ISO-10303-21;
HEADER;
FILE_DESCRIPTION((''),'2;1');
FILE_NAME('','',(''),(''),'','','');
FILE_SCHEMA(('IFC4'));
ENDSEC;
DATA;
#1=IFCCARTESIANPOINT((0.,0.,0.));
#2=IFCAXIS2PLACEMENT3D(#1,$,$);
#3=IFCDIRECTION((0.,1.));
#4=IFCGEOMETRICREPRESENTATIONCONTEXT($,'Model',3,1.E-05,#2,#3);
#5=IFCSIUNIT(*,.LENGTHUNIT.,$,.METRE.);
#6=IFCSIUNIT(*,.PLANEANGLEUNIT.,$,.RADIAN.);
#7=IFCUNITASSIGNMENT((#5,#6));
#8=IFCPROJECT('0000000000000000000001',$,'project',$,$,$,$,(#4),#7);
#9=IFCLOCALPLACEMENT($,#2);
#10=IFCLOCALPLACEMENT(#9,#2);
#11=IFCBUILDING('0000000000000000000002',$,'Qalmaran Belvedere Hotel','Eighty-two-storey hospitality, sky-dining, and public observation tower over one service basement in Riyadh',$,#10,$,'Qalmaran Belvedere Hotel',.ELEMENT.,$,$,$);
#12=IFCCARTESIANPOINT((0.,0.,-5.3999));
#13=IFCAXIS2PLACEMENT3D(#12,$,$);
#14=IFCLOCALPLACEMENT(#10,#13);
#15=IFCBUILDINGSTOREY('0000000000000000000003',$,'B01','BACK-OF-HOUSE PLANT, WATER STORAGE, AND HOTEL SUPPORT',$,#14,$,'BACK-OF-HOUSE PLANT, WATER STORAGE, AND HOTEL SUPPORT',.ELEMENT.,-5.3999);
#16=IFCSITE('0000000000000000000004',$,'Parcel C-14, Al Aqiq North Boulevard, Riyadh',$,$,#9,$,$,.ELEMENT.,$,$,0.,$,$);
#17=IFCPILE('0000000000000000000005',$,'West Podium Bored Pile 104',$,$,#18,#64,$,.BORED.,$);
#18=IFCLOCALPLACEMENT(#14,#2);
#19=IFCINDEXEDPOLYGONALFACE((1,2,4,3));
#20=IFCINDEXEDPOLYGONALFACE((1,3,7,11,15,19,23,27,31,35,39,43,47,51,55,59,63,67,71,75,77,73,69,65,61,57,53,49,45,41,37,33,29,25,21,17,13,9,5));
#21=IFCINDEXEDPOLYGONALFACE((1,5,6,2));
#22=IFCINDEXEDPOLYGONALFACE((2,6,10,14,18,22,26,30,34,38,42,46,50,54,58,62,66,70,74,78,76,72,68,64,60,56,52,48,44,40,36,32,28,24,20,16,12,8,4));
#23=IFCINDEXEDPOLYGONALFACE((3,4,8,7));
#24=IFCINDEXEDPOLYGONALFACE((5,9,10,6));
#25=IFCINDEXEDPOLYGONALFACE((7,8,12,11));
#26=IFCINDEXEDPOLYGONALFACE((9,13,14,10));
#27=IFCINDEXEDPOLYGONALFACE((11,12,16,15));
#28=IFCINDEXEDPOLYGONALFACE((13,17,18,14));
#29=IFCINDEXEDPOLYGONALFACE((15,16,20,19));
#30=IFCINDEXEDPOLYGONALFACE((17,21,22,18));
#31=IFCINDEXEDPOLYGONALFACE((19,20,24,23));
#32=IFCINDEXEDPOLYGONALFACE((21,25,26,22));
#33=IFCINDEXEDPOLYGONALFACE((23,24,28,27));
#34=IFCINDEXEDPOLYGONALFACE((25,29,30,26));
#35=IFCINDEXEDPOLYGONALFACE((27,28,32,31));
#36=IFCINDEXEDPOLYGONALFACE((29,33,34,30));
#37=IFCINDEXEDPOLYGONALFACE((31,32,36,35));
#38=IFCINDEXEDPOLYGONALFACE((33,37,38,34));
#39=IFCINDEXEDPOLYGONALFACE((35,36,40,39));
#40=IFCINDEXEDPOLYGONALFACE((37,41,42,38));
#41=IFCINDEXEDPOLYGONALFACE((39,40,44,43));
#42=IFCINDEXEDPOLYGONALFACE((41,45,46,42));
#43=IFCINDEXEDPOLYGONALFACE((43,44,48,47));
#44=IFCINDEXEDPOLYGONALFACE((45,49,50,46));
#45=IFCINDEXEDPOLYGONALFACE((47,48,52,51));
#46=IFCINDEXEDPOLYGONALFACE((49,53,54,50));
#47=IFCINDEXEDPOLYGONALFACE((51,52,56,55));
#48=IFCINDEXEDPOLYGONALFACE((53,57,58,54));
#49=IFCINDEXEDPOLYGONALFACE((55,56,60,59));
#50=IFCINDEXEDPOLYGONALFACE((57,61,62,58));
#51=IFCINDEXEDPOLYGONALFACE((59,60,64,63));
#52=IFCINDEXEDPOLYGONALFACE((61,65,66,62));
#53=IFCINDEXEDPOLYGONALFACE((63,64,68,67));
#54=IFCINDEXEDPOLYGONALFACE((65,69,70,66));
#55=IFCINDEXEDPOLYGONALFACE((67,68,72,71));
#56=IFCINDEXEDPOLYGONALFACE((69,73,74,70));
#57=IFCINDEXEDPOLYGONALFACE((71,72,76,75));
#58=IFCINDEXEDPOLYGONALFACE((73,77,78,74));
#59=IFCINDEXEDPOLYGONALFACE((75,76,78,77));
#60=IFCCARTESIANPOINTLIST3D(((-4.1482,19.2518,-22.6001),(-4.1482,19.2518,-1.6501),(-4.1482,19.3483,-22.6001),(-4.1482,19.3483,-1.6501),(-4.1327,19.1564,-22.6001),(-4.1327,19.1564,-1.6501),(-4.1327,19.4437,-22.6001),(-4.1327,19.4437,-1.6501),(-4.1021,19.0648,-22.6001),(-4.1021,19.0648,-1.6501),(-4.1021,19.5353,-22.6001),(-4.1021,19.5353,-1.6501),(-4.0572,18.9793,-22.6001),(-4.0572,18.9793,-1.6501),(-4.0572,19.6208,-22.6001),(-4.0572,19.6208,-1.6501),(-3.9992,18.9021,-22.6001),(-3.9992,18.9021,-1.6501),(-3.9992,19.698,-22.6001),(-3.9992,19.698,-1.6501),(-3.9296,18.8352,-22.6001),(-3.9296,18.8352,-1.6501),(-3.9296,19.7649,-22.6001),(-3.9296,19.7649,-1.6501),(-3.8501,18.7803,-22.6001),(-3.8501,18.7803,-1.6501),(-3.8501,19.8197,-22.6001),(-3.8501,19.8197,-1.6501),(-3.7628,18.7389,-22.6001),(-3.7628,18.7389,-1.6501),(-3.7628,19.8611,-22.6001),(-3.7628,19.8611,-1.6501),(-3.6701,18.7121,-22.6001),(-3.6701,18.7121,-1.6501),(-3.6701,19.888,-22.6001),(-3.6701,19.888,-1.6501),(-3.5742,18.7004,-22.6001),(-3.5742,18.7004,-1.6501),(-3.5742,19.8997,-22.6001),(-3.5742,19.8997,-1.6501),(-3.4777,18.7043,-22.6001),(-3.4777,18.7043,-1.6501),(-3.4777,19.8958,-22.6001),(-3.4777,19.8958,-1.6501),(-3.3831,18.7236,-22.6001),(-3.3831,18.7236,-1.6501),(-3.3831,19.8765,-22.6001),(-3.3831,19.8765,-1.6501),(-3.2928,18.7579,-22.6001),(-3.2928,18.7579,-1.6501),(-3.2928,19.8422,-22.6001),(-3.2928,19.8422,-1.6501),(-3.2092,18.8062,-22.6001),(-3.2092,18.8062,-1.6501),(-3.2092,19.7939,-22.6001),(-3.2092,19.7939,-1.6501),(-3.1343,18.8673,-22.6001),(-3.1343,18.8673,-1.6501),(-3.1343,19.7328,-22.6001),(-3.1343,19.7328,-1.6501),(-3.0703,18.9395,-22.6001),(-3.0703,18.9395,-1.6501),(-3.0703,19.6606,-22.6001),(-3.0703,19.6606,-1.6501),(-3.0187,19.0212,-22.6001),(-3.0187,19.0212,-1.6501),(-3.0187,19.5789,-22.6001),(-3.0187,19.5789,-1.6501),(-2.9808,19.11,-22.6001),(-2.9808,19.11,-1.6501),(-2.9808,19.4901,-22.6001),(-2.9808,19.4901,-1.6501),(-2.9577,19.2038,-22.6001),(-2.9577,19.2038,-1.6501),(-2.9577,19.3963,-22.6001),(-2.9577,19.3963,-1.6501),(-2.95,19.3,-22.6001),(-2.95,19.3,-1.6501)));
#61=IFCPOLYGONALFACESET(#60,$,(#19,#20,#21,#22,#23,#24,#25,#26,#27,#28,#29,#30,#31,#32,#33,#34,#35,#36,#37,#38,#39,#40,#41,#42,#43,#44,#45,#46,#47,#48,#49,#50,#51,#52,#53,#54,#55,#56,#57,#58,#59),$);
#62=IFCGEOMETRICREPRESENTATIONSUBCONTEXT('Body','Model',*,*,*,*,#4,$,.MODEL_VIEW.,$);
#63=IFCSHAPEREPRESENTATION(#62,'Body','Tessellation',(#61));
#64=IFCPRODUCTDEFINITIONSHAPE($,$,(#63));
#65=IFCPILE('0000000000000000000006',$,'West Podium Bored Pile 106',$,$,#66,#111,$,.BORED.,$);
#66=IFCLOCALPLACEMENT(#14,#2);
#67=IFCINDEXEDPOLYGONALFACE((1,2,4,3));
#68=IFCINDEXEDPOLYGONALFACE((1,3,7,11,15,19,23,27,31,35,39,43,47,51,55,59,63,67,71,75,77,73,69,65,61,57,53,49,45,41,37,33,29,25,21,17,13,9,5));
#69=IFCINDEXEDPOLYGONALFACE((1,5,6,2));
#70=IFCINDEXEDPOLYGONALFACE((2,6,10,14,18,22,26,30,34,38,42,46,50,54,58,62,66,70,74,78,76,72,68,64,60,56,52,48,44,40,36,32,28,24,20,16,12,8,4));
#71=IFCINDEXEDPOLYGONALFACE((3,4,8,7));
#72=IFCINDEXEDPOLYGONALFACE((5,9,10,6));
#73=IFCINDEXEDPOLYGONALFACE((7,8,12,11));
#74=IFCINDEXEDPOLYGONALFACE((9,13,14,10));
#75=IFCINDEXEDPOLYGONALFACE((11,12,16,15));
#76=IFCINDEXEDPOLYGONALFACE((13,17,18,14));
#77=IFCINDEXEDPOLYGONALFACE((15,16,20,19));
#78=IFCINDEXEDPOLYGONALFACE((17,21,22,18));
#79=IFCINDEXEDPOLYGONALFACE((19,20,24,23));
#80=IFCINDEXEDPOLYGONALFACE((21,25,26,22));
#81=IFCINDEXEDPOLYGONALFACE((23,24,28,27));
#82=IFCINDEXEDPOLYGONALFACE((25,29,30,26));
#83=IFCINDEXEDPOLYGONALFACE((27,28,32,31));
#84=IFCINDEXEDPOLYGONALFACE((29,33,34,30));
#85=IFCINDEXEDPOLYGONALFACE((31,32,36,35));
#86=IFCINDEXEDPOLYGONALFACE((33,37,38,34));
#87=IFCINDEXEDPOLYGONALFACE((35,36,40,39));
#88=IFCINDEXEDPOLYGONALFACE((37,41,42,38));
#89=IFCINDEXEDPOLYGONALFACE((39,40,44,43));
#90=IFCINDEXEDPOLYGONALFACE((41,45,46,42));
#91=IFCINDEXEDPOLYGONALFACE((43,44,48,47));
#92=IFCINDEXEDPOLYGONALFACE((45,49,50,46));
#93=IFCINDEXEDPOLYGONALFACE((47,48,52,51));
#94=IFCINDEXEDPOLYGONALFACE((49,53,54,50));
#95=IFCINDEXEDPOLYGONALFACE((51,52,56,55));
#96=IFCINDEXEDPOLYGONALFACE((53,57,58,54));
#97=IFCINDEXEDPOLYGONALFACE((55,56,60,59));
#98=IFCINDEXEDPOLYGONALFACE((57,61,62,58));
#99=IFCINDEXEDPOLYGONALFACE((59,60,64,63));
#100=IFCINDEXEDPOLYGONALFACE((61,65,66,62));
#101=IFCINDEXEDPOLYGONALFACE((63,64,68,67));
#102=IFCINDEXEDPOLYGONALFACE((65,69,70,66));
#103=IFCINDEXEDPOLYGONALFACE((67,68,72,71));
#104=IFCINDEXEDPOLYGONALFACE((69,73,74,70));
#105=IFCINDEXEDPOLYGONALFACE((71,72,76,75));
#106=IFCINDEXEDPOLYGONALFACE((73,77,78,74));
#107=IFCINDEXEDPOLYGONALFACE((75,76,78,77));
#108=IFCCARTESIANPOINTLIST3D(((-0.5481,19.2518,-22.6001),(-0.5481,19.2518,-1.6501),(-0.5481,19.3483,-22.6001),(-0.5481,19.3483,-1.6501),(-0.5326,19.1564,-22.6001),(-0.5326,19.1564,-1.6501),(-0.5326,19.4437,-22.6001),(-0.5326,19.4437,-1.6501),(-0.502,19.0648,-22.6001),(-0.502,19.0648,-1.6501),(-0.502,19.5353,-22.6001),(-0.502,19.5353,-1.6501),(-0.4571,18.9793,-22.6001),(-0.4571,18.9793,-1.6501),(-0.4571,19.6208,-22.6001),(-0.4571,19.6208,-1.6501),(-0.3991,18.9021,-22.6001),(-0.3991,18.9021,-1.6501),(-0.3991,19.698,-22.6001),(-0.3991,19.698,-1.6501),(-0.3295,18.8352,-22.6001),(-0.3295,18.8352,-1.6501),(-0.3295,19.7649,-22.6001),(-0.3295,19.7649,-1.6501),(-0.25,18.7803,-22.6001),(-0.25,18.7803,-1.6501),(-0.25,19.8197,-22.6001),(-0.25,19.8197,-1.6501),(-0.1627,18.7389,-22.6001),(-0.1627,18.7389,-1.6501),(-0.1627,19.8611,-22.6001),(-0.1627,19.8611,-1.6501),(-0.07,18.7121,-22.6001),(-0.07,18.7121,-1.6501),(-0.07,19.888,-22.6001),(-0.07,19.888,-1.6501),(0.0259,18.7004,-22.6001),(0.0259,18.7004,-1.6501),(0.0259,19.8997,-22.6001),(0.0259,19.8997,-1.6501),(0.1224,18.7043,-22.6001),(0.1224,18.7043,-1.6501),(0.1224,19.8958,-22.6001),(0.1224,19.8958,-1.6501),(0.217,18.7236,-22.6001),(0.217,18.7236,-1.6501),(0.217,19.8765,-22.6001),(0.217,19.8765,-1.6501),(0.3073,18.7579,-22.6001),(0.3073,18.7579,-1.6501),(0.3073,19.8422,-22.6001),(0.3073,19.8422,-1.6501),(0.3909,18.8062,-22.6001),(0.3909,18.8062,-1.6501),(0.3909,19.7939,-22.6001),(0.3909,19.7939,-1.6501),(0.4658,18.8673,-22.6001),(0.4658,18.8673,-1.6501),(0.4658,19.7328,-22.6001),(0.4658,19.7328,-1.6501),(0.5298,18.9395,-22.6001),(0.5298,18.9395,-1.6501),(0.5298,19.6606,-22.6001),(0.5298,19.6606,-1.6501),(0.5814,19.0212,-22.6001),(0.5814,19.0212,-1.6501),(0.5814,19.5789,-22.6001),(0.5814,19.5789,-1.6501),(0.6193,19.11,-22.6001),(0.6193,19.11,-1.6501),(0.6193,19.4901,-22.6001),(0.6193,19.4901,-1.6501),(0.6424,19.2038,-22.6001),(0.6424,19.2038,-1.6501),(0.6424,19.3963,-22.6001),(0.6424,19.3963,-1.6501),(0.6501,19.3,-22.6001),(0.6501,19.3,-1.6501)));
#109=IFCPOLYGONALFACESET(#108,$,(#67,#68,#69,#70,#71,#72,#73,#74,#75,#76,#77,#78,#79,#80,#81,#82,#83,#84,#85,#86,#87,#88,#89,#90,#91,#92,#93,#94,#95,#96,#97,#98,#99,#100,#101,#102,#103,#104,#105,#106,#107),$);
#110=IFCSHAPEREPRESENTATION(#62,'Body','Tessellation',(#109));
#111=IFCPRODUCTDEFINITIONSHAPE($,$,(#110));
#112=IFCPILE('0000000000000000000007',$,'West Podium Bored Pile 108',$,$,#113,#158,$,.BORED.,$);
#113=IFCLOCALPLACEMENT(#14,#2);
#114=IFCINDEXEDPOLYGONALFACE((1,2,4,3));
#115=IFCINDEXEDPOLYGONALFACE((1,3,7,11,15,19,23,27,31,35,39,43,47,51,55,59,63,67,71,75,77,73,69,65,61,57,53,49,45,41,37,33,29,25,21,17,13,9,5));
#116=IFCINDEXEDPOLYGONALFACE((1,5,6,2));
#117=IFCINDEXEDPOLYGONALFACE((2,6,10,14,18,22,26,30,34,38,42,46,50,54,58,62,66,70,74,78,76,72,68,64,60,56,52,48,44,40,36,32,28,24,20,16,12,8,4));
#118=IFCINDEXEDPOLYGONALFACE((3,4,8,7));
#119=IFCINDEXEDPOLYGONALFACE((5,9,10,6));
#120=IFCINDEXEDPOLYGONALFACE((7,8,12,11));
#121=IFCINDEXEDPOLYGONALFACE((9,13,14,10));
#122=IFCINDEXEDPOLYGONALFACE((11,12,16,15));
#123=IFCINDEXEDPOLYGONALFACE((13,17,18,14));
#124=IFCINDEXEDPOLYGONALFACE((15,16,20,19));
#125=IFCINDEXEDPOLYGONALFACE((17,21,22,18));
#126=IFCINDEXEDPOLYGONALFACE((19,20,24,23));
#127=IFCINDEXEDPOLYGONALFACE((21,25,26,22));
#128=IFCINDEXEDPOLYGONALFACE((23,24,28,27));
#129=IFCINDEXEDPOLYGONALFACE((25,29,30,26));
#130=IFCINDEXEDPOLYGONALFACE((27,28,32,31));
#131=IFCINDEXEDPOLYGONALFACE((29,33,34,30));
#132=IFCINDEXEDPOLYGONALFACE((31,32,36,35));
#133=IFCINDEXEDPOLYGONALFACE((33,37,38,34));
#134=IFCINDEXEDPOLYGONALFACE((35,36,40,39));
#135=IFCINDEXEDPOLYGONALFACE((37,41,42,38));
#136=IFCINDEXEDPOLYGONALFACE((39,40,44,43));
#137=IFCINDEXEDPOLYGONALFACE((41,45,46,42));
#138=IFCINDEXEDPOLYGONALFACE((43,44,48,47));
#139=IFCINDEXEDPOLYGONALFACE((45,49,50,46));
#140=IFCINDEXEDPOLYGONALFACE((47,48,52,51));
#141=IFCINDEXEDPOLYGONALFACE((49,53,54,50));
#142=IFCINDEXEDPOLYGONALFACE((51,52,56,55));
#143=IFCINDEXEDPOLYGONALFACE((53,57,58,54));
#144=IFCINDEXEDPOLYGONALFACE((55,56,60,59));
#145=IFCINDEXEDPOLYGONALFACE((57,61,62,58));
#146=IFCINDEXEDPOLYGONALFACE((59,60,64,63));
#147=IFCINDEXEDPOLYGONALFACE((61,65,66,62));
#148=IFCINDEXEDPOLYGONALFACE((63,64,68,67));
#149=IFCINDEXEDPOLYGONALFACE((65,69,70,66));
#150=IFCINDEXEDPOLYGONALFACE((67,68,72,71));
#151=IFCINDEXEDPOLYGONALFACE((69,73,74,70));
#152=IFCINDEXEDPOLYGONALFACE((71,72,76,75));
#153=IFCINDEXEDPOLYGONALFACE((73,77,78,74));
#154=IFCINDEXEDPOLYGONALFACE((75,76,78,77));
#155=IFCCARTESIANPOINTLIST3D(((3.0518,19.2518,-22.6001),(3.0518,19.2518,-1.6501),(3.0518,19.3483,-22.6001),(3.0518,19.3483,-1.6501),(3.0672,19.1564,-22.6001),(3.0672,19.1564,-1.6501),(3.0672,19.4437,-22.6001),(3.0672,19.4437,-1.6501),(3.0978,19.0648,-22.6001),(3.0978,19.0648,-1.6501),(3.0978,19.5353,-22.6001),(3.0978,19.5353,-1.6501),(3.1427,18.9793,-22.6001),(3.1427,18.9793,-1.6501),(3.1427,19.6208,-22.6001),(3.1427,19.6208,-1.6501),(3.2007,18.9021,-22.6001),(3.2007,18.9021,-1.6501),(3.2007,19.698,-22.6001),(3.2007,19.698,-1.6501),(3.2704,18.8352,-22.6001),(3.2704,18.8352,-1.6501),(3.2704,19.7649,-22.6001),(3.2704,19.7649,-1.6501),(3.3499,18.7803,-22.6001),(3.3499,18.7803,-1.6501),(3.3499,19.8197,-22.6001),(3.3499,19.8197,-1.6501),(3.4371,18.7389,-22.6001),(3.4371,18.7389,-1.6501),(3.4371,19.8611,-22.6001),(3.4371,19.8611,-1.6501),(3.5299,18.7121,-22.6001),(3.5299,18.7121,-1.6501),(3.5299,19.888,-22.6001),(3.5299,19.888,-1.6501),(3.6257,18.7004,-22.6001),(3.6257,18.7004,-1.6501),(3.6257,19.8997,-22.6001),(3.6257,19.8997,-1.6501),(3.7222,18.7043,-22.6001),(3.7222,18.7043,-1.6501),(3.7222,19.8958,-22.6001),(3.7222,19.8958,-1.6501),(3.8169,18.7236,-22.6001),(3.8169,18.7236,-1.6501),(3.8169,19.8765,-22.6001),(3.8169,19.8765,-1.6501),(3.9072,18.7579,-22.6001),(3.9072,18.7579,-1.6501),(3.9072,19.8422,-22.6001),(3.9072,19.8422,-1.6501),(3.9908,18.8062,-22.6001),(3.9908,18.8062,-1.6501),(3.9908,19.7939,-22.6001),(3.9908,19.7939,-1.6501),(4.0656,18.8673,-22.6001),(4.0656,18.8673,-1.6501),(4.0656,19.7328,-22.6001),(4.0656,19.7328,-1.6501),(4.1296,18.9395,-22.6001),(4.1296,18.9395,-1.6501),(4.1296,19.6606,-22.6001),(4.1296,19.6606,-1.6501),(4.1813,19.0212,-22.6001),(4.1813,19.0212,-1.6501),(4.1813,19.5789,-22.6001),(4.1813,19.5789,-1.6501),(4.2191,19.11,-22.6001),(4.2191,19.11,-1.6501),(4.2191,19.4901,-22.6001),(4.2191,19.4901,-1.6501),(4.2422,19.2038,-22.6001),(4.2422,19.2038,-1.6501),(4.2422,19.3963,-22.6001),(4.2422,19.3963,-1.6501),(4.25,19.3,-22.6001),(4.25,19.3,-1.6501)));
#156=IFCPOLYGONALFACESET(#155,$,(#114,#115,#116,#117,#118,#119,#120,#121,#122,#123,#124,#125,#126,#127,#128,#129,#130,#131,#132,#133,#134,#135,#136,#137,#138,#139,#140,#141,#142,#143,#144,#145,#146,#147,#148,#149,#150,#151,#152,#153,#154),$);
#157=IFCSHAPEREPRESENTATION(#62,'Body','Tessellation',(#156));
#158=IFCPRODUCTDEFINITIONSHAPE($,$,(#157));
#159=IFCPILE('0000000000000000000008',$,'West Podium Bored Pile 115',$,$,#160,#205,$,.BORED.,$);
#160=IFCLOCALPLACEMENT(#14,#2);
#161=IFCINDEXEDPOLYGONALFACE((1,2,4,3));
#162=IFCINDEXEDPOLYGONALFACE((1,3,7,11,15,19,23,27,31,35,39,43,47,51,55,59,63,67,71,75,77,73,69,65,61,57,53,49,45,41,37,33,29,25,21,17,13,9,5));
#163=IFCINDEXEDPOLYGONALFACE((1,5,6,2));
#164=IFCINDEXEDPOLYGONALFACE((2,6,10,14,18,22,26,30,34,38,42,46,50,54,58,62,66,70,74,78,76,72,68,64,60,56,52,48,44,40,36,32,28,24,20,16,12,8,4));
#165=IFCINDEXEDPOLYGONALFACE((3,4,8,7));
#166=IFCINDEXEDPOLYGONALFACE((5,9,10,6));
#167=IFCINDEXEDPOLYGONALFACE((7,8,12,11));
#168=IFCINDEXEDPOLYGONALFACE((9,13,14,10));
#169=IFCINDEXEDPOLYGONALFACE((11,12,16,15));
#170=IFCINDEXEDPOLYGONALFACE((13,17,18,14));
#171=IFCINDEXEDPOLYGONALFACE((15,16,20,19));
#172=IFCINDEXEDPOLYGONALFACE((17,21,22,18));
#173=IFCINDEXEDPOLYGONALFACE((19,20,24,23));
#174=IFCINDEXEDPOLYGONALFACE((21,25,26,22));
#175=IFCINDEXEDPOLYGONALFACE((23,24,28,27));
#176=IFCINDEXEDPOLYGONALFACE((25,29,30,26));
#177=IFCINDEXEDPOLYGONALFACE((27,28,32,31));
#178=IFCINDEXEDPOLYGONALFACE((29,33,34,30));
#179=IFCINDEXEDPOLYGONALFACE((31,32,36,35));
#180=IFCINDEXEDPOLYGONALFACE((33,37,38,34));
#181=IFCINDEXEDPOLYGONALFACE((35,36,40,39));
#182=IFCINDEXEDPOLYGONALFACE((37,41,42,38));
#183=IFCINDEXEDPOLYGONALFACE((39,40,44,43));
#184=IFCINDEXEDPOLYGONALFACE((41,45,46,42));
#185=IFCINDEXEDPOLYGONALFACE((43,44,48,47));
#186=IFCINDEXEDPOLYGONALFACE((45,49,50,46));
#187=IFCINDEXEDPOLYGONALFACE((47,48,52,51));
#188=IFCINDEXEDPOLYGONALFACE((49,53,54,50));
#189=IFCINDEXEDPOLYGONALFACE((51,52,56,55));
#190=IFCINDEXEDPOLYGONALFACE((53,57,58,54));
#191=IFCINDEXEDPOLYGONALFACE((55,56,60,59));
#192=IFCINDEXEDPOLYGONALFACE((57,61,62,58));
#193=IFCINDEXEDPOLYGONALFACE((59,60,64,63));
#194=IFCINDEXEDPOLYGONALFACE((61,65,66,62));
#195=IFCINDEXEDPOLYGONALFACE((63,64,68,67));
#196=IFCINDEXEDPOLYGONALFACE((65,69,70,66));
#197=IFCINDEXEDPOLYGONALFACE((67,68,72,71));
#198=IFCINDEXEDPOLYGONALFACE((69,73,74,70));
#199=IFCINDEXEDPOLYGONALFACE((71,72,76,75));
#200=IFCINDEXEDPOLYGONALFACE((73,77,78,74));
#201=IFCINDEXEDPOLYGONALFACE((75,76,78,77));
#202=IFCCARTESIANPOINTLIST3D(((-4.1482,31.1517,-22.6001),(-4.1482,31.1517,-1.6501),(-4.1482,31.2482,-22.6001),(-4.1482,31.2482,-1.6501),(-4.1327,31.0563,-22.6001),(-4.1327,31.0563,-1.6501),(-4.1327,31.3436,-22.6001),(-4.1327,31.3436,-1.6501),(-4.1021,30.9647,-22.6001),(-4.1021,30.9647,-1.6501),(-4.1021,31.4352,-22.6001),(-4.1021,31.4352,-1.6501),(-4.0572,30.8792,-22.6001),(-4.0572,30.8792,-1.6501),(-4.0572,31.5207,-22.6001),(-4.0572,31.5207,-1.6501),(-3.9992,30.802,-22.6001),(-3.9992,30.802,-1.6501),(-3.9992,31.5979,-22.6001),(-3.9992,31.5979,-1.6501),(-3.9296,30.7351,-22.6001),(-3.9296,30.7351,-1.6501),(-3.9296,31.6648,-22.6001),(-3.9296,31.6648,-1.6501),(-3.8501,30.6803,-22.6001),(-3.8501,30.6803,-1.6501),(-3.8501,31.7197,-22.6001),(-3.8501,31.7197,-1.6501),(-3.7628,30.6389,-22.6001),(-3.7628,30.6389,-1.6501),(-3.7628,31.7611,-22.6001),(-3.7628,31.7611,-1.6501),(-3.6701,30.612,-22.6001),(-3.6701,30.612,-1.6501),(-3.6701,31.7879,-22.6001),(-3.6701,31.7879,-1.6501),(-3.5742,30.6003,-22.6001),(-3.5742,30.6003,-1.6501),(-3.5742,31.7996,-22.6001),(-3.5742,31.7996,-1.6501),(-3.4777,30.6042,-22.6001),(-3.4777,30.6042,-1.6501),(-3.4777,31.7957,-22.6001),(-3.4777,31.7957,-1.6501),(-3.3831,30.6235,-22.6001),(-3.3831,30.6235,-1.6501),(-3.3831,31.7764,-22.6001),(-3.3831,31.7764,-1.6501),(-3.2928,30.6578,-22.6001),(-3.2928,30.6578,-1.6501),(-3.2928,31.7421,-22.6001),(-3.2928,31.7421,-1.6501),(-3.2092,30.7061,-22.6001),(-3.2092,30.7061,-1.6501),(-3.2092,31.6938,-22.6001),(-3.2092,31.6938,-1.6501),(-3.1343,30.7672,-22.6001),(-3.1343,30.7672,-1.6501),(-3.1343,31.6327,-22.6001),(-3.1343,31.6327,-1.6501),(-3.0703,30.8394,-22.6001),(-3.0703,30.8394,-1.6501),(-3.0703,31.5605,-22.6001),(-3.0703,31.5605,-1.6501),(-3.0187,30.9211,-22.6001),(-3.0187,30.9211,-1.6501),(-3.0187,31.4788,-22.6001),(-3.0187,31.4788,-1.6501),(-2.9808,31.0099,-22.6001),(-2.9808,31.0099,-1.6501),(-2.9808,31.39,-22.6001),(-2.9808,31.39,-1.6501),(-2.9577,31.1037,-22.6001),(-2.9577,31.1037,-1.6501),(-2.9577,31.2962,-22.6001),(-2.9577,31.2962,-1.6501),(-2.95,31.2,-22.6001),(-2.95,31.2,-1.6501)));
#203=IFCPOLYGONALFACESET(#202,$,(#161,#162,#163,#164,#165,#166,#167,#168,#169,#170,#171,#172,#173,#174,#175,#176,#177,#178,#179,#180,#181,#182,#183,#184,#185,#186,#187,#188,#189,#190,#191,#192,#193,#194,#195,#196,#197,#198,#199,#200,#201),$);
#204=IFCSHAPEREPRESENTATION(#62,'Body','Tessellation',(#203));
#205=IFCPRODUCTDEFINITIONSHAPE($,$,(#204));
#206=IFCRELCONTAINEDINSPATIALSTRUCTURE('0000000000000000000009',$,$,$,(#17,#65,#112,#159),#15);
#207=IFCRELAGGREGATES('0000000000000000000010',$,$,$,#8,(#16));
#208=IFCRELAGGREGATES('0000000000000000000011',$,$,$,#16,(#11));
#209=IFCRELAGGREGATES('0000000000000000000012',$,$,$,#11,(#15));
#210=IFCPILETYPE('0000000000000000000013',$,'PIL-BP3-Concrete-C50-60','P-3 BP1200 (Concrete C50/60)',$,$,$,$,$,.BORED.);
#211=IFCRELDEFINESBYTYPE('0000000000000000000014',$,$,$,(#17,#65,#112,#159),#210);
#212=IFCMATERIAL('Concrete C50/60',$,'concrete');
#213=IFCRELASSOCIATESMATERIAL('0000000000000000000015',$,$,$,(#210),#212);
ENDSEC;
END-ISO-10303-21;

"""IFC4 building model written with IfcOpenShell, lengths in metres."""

from ifc_helpers import new_model, si_unit, direction, frame, origin, origin_2d, place, context, subcontext, project, spatial, circle, extrude, material, material_profile, profile_set, type_object, element, save


model = new_model("IFC4")

# Units and contexts
model_context = context("Model", 3, precision=1e-05, world=origin(), true_north=direction((0.0, 1.0)))
body_context = subcontext(model_context, "Body", "Model", "MODEL_VIEW")
ifc_project = project(units=[si_unit("LENGTHUNIT", "METRE"), si_unit("PLANEANGLEUNIT", "RADIAN")], contexts=[model_context])

# Site, building, storey
site_placement = place(None, origin())
site = spatial("IfcSite", under=ifc_project, at=site_placement, Name="Parcel C-14, Al Aqiq North Boulevard, Riyadh", CompositionType="ELEMENT", RefElevation=0.0)
building_placement = place(site_placement, origin())
building = spatial("IfcBuilding", under=site, at=building_placement, Name="Qalmaran Belvedere Hotel", Description="Eighty-two-storey hospitality, sky-dining, and public observation tower over one service basement in Riyadh", LongName="Qalmaran Belvedere Hotel", CompositionType="ELEMENT")
storey_placement = place(building_placement, frame((0.0, 0.0, -5.3999)))
storey = spatial("IfcBuildingStorey", under=building, at=storey_placement, Name="B01", Description="BACK-OF-HOUSE PLANT, WATER STORAGE, AND HOTEL SUPPORT", LongName="BACK-OF-HOUSE PLANT, WATER STORAGE, AND HOTEL SUPPORT", CompositionType="ELEMENT", Elevation=-5.3999)

# Shared definitions
ifc_material_1 = material(Name="Concrete C50/60", Category="concrete")

# Piles
ifc_material_profile_1 = material_profile(ifc_material_1, circle(Radius=0.6001, at=origin_2d()), Name="BP1200")
ifc_profile_set_1 = profile_set([ifc_material_profile_1], Name="Concrete C50/60")
pile_type_1 = type_object("IfcPileType", Name="PIL-BP3-Concrete-C50-60", Description="P-3 BP1200 (Concrete C50/60)", PredefinedType="BORED", material=ifc_profile_set_1)
for number, where, z_axis, x_axis, name in (
    (1, (-3.55, 19.3, -1.6501), (0.0, 0.0, -1.0), (1.0, 0.0, 0.0), "West Podium Bored Pile 104"),
    (2, (0.05, 19.3, -1.6501), (0.0, 0.0, -1.0), (1.0, 0.0, 0.0), "West Podium Bored Pile 106"),
    (3, (3.6499, 19.3, -1.6501), (0.0, 0.0, -1.0), (1.0, 0.0, 0.0), "West Podium Bored Pile 108"),
    (4, (-3.55, 31.2, -1.6501), (0.0, 0.0, -1.0), (1.0, 0.0, 0.0), "West Podium Bored Pile 115"),
):
    element("IfcPile", number, at=place(storey_placement, frame(where, z_axis=z_axis, x_axis=x_axis)), inside=storey, type_object=pile_type_1, Name=name, PredefinedType="BORED", context=body_context, shape_type="SweptSolid", body=[
        extrude(circle(Radius=0.6001, at=origin_2d()), origin(), (0.0, 0.0, 1.0), 20.95),
    ])

save(model, "model.ifc")
